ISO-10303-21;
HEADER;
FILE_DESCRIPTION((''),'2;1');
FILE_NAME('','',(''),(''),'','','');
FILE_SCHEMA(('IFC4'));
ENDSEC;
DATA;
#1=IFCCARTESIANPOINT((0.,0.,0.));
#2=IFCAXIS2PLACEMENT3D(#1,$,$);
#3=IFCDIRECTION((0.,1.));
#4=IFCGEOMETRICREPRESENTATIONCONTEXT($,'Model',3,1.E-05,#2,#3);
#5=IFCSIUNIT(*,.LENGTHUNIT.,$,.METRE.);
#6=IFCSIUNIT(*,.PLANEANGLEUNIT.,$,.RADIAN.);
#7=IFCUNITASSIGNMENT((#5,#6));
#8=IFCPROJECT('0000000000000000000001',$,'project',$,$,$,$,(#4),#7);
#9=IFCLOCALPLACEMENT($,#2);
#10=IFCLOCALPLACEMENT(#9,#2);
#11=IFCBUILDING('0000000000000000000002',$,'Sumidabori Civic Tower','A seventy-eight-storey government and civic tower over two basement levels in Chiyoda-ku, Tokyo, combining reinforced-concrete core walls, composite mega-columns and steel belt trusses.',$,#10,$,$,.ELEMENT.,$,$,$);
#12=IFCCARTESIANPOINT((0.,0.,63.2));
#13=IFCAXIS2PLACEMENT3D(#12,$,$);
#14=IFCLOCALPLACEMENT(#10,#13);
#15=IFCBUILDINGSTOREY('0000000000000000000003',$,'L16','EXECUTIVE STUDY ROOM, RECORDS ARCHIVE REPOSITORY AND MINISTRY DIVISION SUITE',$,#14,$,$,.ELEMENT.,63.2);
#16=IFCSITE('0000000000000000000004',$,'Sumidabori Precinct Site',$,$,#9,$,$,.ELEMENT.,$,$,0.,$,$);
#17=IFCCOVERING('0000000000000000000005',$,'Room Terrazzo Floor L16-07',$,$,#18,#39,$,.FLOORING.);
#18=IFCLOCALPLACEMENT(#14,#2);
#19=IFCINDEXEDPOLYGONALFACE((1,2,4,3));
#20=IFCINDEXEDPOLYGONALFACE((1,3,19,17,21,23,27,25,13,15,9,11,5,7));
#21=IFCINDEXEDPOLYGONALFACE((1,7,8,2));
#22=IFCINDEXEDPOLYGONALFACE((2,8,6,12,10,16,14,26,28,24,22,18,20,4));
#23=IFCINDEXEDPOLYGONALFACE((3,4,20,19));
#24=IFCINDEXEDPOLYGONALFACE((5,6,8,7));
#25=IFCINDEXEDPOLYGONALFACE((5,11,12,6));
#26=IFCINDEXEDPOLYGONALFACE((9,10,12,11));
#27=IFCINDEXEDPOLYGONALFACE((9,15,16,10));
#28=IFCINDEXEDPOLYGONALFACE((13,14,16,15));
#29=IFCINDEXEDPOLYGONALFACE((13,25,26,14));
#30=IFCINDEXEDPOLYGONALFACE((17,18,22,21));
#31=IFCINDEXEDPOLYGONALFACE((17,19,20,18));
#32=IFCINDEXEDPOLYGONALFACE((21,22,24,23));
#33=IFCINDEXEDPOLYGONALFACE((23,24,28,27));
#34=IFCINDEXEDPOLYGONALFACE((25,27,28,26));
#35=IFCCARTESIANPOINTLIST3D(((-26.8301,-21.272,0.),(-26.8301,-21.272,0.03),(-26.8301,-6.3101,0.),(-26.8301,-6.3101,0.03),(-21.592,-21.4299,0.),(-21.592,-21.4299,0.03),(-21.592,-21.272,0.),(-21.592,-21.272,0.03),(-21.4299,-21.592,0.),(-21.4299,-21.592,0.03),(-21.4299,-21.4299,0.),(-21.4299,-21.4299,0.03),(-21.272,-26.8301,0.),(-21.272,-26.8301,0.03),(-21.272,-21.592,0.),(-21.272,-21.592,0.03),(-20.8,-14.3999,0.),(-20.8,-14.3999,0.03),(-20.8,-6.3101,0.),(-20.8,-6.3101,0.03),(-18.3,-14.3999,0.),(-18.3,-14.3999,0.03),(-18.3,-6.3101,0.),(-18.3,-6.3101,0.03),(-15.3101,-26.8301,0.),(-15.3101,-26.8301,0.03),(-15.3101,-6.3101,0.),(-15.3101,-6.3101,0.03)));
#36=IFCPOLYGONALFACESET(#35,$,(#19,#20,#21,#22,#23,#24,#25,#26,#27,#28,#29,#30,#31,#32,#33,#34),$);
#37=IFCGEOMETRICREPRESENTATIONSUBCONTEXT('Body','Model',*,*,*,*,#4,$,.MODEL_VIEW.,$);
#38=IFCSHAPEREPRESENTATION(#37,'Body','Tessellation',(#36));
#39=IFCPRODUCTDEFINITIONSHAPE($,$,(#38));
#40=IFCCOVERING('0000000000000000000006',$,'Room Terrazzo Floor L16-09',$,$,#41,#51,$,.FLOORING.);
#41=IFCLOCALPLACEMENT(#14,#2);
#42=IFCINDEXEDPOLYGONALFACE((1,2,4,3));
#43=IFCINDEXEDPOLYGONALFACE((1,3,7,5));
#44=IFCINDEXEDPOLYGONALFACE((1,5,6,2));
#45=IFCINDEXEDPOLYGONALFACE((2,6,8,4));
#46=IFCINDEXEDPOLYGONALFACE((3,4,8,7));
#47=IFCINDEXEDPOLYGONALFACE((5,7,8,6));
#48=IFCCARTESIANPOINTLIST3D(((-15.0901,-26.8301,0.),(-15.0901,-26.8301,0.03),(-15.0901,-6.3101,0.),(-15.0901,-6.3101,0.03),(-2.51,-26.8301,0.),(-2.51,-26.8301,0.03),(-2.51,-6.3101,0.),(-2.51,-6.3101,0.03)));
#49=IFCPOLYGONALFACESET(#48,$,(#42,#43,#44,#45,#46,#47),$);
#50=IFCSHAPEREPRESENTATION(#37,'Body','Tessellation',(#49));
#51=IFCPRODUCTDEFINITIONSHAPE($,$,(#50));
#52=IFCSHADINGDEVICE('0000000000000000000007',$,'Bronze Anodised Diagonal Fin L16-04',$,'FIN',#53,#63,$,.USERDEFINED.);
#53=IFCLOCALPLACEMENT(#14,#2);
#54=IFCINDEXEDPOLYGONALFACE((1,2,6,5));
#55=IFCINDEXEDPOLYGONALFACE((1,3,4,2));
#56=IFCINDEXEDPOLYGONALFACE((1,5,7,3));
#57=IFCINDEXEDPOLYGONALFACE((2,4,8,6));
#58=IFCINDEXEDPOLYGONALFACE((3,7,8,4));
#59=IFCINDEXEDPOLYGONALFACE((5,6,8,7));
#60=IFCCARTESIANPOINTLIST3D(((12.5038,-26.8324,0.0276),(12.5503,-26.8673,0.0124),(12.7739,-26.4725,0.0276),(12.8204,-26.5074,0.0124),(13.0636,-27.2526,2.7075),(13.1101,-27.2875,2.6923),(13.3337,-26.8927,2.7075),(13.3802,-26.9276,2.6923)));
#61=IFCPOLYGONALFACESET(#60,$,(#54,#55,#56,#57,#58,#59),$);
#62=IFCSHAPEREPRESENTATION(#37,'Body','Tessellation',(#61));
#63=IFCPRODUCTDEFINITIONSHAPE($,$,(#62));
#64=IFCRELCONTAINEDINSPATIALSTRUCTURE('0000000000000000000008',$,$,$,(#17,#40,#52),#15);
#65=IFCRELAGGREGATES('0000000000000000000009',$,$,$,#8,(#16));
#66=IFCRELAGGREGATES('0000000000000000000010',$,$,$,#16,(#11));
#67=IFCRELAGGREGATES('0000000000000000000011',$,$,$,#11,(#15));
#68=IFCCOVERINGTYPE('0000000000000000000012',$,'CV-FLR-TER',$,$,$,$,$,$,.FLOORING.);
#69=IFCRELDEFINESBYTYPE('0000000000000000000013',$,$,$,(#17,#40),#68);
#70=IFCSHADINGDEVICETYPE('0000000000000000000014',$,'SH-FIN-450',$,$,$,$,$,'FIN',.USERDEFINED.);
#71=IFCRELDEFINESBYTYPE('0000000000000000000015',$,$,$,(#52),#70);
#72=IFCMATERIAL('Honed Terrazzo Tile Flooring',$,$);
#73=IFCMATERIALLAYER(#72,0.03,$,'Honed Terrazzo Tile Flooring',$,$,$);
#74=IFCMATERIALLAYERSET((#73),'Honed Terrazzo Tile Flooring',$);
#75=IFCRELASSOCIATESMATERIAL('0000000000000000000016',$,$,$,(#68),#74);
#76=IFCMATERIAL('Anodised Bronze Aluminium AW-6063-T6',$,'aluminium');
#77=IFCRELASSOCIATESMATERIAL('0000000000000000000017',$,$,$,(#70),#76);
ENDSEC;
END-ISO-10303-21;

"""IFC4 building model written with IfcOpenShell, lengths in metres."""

from ifc_helpers import new_model, si_unit, direction, frame, origin, origin_2d, place, context, subcontext, project, spatial, polyline, rectangle, outline, extrude, source, transform, mapped, material, layer, layer_set, material_profile, profile_set, type_object, element, save


model = new_model("IFC4")

# Units and contexts
model_context = context("Model", 3, precision=1e-05, world=origin(), true_north=direction((0.0, 1.0)))
body_context = subcontext(model_context, "Body", "Model", "MODEL_VIEW")
ifc_project = project(units=[si_unit("LENGTHUNIT", "METRE"), si_unit("PLANEANGLEUNIT", "RADIAN")], contexts=[model_context])

# Site, building, storey
site_placement = place(None, origin())
site = spatial("IfcSite", under=ifc_project, at=site_placement, Name="Sumidabori Precinct Site", CompositionType="ELEMENT", RefElevation=0.0)
building_placement = place(site_placement, origin())
building = spatial("IfcBuilding", under=site, at=building_placement, Name="Sumidabori Civic Tower", Description="A seventy-eight-storey government and civic tower over two basement levels in Chiyoda-ku, Tokyo, combining reinforced-concrete core walls, composite mega-columns and steel belt trusses.", CompositionType="ELEMENT")
storey_placement = place(building_placement, frame((0.0, 0.0, 63.2)))
storey = spatial("IfcBuildingStorey", under=building, at=storey_placement, Name="L16", Description="EXECUTIVE STUDY ROOM, RECORDS ARCHIVE REPOSITORY AND MINISTRY DIVISION SUITE", CompositionType="ELEMENT", Elevation=63.2)

# Shared definitions
ifc_material_1 = material(Name="Anodised Bronze Aluminium AW-6063-T6", Category="aluminium")

# Coverings
ifc_material_2 = material(Name="Honed Terrazzo Tile Flooring")
ifc_layer_1 = layer(ifc_material_2, 0.03, Name="Honed Terrazzo Tile Flooring")
ifc_layer_set_1 = layer_set([ifc_layer_1], Name="Honed Terrazzo Tile Flooring")
covering_type_1 = type_object("IfcCoveringType", Name="CV-FLR-TER", PredefinedType="FLOORING", material=ifc_layer_set_1)
covering_1_placement = place(storey_placement, origin())
element("IfcCovering", 1, at=covering_1_placement, inside=storey, type_object=covering_type_1, Name="Room Terrazzo Floor L16-07", PredefinedType="FLOORING", context=body_context, shape_type="SweptSolid", body=[
    extrude(outline(polyline([(-26.8301, -21.272), (-26.8301, -6.3101), (-20.8, -6.3101), (-20.8, -14.3999), (-18.3, -14.3999), (-18.3, -6.3101), (-15.3101, -6.3101), (-15.3101, -26.8301), (-21.272, -26.8301), (-21.272, -21.592), (-21.4299, -21.592), (-21.4299, -21.4299), (-21.592, -21.4299), (-21.592, -21.272), (-26.8301, -21.272)])), origin(), (0.0, 0.0, 1.0), 0.03),
])
covering_2_placement = place(storey_placement, origin())
element("IfcCovering", 2, at=covering_2_placement, inside=storey, type_object=covering_type_1, Name="Room Terrazzo Floor L16-09", PredefinedType="FLOORING", context=body_context, shape_type="SweptSolid", body=[
    extrude(outline(polyline([(-2.51, -26.8301), (-15.0901, -26.8301), (-15.0901, -6.3101), (-2.51, -6.3101), (-2.51, -26.8301)])), origin(), (0.0, 0.0, 1.0), 0.03),
])

# Shading device
ifc_material_profile_1 = material_profile(ifc_material_1, rectangle(XDim=0.0601, YDim=0.45, at=origin_2d()), Name="BRONZE FIN 450x60")
ifc_profile_set_1 = profile_set([ifc_material_profile_1], Name="Anodised Bronze Aluminium AW-6063-T6")
shading_device_type = type_object("IfcShadingDeviceType", Name="SH-FIN-450", ElementType="FIN", PredefinedType="USERDEFINED", material=ifc_profile_set_1)
shared_shape_1 = source(origin(), body_context, "Body", "SweptSolid", [
    extrude(rectangle(XDim=0.0601, YDim=0.45, at=origin_2d()), origin(), (0.0, 0.0, 1.0), 2.7698),
])
shading_device_placement = place(storey_placement, frame((12.6621, -26.6699, 0.02), z_axis=(0.202111, -0.151694, 0.967543), x_axis=(0.773832, -0.580796, -0.252705)))
element("IfcShadingDevice", 3, at=shading_device_placement, inside=storey, type_object=shading_device_type, Name="Bronze Anodised Diagonal Fin L16-04", ObjectType="FIN", PredefinedType="USERDEFINED", context=body_context, shape_type="MappedRepresentation", body=[
    mapped(shared_shape_1, transform((0.0, 0.0, 0.0), x_axis=(1.0, 0.0, 0.0), y_axis=(0.0, 1.0, 0.0), z_axis=(0.0, 0.0, 1.0), scale=1.0)),
])

save(model, "model.ifc")
